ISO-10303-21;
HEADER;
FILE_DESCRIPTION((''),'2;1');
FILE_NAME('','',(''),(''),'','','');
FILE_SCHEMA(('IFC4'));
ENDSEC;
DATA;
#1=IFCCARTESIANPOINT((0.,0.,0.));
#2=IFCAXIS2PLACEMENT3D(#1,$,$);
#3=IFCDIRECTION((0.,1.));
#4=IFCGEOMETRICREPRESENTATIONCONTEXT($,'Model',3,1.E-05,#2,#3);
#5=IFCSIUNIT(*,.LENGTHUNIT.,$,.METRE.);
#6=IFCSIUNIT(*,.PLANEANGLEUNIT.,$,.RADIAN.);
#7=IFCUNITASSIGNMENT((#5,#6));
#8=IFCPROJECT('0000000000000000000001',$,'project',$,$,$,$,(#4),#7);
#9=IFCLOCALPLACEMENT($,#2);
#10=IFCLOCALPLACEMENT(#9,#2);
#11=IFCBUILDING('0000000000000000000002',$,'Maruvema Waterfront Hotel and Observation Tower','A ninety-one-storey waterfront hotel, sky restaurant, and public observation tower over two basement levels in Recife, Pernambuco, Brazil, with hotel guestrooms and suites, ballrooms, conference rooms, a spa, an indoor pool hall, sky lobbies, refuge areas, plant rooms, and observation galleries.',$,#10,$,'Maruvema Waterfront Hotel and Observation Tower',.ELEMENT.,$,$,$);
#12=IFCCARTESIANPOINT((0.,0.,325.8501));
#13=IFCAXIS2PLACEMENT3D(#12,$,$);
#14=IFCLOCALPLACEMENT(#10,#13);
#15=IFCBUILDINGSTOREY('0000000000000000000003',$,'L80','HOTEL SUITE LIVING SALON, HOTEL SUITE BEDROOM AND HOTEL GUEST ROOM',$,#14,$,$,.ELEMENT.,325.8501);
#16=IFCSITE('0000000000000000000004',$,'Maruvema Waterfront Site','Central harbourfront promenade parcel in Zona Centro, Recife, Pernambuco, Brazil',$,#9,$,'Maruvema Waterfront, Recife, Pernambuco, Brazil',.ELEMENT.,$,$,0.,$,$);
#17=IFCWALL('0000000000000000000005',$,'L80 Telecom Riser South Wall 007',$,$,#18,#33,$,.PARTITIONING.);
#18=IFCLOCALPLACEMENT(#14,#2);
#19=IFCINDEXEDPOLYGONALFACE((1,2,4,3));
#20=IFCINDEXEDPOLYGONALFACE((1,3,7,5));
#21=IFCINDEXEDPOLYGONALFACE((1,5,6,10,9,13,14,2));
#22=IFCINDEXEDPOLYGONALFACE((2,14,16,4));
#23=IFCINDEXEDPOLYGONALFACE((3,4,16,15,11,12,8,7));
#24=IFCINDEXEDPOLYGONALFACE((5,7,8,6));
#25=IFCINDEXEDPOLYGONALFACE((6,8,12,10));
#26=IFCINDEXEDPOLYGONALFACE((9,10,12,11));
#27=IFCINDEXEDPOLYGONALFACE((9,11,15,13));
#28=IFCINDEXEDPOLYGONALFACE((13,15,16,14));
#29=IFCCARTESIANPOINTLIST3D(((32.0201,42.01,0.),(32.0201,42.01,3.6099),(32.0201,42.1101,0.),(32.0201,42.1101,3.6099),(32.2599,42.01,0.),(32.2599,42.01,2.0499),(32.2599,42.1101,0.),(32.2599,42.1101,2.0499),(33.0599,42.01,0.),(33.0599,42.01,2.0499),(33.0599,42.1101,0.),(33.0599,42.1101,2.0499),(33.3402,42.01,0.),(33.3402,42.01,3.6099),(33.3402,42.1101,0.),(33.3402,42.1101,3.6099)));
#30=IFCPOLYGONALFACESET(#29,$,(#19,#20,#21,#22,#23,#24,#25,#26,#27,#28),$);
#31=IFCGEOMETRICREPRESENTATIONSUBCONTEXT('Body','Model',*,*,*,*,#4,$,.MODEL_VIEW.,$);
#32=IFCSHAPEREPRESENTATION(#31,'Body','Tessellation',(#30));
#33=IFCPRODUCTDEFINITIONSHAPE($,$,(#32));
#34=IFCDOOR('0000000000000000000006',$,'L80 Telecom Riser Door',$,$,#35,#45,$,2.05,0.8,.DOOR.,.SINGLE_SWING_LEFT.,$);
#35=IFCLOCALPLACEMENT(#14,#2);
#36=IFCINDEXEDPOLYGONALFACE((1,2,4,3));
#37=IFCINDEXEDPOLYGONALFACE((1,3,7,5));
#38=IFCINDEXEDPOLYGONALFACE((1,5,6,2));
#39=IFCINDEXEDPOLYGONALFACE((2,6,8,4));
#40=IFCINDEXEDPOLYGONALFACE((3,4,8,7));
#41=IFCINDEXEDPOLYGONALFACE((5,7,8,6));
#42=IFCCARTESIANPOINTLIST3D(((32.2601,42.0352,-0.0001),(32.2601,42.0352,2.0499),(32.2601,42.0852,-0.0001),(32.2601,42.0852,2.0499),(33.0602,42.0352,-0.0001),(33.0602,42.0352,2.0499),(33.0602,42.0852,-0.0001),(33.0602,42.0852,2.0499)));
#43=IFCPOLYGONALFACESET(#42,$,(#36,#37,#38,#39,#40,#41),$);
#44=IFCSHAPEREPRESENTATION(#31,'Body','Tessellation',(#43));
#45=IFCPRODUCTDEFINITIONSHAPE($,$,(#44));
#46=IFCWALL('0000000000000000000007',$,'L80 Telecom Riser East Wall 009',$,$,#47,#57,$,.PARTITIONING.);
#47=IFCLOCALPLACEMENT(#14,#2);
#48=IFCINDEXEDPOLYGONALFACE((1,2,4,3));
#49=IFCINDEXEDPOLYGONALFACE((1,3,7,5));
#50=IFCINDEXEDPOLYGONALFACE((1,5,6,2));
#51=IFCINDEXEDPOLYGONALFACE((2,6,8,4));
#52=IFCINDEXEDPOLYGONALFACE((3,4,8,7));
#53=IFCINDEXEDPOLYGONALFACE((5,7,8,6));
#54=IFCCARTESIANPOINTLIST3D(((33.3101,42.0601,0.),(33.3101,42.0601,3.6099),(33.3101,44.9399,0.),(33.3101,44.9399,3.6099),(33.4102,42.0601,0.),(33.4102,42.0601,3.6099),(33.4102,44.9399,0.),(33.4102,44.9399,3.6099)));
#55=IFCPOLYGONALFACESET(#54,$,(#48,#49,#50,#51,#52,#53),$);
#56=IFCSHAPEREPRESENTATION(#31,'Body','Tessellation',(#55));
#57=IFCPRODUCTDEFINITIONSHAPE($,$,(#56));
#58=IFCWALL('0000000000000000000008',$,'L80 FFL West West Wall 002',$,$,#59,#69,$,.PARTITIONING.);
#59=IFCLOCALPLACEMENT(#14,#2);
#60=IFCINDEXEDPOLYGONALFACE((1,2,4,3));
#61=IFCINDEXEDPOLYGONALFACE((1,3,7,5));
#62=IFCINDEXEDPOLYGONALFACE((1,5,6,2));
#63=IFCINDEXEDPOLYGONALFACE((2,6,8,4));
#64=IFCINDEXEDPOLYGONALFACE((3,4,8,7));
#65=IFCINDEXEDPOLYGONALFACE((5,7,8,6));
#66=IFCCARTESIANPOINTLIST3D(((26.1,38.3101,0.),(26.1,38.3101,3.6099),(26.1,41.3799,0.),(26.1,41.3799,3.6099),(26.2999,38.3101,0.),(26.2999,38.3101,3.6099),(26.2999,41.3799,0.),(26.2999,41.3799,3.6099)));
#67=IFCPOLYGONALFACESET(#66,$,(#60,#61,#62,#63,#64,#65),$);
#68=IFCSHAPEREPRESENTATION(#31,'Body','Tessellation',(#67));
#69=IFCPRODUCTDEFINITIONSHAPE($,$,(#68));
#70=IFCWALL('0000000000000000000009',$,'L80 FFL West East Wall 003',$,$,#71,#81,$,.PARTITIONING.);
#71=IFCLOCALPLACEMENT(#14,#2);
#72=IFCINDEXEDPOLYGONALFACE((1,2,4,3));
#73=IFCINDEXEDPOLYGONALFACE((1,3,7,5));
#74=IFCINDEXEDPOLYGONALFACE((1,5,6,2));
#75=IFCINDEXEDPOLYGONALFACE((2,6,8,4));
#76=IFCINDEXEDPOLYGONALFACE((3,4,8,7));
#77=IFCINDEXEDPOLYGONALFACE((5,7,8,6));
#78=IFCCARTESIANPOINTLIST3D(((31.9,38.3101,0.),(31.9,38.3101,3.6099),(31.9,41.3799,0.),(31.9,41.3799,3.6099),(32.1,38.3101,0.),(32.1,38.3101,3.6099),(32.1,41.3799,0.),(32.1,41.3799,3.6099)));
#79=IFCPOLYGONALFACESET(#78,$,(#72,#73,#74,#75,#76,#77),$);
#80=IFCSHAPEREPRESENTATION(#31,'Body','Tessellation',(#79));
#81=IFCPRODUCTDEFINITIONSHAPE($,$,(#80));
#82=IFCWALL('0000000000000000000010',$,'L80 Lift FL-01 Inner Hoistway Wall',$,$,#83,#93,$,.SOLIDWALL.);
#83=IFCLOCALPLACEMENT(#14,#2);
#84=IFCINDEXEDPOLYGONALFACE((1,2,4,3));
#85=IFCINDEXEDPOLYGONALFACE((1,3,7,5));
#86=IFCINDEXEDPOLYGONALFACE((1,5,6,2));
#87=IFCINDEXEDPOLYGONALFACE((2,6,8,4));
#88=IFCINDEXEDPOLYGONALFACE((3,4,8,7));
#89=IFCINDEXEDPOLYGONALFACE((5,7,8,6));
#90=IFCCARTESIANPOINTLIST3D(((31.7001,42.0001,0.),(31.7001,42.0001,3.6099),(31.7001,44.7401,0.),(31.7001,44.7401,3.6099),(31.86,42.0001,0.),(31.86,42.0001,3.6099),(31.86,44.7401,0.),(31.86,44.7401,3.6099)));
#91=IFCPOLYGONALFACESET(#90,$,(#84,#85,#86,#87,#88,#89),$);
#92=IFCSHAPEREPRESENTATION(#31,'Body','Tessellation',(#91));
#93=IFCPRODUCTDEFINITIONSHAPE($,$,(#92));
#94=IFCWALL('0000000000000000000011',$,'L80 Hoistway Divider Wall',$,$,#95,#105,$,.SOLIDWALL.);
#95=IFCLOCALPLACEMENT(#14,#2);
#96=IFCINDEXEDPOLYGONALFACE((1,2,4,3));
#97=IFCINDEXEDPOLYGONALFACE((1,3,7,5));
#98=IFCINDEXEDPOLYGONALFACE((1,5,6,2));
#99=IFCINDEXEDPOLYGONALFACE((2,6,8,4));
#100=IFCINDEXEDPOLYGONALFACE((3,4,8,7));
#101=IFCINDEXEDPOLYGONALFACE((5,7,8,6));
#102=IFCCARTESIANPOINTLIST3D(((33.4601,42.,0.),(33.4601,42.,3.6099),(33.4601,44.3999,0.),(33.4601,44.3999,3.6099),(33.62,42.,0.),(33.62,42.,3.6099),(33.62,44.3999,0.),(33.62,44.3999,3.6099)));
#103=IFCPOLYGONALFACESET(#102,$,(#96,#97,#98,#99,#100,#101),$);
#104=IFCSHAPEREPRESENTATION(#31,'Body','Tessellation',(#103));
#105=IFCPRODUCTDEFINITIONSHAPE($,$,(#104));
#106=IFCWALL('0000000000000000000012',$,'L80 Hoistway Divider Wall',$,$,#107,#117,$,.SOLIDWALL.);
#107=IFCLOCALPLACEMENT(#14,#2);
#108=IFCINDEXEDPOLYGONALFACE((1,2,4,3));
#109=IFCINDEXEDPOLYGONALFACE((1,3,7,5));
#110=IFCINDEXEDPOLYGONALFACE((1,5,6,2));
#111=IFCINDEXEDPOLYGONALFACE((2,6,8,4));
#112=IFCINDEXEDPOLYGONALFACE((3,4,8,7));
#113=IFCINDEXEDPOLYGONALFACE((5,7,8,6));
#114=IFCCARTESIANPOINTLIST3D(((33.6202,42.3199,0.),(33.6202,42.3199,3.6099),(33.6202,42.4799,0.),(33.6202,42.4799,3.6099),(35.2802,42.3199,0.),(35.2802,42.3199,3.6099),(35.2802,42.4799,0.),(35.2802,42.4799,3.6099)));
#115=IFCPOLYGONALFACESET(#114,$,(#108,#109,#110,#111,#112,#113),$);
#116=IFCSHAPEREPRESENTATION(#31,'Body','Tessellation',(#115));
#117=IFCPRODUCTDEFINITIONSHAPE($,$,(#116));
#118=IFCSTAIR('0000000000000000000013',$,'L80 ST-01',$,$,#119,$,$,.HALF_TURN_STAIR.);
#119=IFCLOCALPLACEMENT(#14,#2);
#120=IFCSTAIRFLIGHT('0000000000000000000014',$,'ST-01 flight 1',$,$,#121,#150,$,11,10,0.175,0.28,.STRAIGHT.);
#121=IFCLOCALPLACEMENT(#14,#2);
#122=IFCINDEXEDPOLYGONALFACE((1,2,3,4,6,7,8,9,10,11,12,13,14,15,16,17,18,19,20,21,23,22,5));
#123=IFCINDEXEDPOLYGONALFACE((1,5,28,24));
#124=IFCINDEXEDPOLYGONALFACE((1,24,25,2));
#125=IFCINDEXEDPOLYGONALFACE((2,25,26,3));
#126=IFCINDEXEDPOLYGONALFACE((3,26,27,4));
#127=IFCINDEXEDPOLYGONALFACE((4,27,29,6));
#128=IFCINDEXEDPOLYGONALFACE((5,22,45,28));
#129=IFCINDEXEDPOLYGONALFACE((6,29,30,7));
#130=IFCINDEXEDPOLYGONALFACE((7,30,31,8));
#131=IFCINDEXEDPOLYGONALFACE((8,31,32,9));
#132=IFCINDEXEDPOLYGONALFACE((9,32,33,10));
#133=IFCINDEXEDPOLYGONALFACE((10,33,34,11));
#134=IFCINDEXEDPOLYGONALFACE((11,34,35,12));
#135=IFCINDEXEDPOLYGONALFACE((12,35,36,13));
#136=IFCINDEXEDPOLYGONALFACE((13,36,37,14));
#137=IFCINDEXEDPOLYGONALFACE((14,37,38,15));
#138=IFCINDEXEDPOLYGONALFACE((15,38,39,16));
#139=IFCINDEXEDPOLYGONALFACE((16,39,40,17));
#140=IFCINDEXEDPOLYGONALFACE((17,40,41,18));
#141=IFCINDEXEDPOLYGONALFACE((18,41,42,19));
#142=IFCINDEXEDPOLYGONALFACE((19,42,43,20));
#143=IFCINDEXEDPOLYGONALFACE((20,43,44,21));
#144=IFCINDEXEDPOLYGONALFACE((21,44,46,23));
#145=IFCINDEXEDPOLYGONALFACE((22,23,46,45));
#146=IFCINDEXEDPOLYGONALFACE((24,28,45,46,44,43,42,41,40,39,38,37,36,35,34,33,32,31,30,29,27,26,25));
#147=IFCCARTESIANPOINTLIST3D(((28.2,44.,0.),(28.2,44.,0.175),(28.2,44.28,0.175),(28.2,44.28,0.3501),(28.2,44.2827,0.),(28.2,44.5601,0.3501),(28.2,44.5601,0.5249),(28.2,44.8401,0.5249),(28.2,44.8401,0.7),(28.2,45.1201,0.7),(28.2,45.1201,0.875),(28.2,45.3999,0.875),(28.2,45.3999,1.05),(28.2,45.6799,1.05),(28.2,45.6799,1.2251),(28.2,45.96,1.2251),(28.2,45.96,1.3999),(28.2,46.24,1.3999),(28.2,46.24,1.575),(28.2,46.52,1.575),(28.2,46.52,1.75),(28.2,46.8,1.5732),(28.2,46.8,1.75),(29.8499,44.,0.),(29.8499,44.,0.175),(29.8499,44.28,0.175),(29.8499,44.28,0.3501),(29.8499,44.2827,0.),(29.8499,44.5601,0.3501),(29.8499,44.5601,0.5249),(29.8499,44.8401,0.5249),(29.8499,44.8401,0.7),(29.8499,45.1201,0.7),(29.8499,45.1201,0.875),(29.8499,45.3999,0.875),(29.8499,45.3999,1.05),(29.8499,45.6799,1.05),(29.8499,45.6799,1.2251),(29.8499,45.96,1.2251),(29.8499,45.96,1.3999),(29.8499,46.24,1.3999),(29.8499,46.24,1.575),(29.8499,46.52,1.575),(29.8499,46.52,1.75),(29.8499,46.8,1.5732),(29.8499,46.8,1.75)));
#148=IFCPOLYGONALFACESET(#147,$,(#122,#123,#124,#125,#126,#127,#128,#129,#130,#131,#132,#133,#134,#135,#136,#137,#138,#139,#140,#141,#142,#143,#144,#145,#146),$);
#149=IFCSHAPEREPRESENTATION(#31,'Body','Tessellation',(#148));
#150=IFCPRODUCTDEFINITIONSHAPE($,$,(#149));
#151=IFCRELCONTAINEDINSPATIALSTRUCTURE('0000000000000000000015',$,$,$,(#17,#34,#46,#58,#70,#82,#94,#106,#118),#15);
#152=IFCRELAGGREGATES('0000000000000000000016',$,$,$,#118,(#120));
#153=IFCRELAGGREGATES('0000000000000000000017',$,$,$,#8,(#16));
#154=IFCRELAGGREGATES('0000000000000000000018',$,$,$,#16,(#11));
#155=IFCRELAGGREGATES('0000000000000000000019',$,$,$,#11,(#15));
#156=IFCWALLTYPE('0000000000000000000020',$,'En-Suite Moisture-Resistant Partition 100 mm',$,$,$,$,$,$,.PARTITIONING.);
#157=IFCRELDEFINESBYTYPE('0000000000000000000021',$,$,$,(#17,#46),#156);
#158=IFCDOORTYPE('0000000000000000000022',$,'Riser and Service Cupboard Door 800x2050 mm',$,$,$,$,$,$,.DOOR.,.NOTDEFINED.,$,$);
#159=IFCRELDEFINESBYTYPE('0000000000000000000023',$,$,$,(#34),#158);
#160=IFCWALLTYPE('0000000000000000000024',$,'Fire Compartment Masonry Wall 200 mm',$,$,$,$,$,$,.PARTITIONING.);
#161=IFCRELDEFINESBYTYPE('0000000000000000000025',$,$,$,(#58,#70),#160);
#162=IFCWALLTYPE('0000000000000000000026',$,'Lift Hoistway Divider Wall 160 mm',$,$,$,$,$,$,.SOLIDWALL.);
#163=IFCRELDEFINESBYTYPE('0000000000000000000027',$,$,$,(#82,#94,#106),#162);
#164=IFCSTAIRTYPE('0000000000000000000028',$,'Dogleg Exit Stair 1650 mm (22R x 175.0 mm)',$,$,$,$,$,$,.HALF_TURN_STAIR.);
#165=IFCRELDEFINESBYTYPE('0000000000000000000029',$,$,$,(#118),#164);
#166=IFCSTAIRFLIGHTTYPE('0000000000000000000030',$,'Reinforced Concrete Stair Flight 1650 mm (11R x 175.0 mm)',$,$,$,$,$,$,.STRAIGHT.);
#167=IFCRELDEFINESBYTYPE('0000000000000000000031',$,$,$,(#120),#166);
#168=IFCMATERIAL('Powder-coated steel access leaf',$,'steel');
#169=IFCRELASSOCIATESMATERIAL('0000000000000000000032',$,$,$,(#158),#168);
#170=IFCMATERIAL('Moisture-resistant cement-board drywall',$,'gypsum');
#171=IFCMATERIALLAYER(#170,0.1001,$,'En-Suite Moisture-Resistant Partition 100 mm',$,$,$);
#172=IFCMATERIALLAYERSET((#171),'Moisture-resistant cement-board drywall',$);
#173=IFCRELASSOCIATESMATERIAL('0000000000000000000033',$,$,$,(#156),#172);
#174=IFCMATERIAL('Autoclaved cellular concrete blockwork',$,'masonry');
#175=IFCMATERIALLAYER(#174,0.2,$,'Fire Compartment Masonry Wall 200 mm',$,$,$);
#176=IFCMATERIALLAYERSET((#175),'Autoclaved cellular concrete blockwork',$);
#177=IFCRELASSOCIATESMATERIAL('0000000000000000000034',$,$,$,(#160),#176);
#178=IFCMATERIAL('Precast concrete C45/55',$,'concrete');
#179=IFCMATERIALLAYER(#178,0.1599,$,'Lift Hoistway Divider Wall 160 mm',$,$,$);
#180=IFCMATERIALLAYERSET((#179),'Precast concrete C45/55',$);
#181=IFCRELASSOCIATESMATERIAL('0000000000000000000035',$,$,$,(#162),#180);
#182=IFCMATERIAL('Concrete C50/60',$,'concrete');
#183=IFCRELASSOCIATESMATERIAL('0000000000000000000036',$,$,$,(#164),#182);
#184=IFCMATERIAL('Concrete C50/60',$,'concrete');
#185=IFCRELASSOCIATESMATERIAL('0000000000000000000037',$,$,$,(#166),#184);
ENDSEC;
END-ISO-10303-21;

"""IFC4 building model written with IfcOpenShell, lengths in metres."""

from ifc_helpers import new_model, si_unit, direction, frame, frame_2d, origin, place, context, subcontext, project, spatial, polyline, rectangle, outline, extrude, material, layer, layer_set, type_object, element, fill, aggregate, save


model = new_model("IFC4")

# Units and contexts
model_context = context("Model", 3, precision=1e-05, world=origin(), true_north=direction((0.0, 1.0)))
body_context = subcontext(model_context, "Body", "Model", "MODEL_VIEW")
ifc_project = project(units=[si_unit("LENGTHUNIT", "METRE"), si_unit("PLANEANGLEUNIT", "RADIAN")], contexts=[model_context])

# Site, building, storey
site_placement = place(None, origin())
site = spatial("IfcSite", under=ifc_project, at=site_placement, Name="Maruvema Waterfront Site", Description="Central harbourfront promenade parcel in Zona Centro, Recife, Pernambuco, Brazil", LongName="Maruvema Waterfront, Recife, Pernambuco, Brazil", CompositionType="ELEMENT", RefElevation=0.0)
building_placement = place(site_placement, origin())
building = spatial("IfcBuilding", under=site, at=building_placement, Name="Maruvema Waterfront Hotel and Observation Tower", Description="A ninety-one-storey waterfront hotel, sky restaurant, and public observation tower over two basement levels in Recife, Pernambuco, Brazil, with hotel guestrooms and suites, ballrooms, conference rooms, a spa, an indoor pool hall, sky lobbies, refuge areas, plant rooms, and observation galleries.", LongName="Maruvema Waterfront Hotel and Observation Tower", CompositionType="ELEMENT")
storey_placement = place(building_placement, frame((0.0, 0.0, 325.8501)))
storey = spatial("IfcBuildingStorey", under=building, at=storey_placement, Name="L80", Description="HOTEL SUITE LIVING SALON, HOTEL SUITE BEDROOM AND HOTEL GUEST ROOM", CompositionType="ELEMENT", Elevation=325.8501)

# Shared definitions
ifc_material_1 = material(Name="Powder-coated steel access leaf", Category="steel")
door_type_1 = type_object("IfcDoorType", Name="Riser and Service Cupboard Door 800x2050 mm", OperationType="NOTDEFINED", PredefinedType="DOOR", material=ifc_material_1)

# Wall, opening, door
ifc_material_2 = material(Name="Moisture-resistant cement-board drywall", Category="gypsum")
ifc_layer_1 = layer(ifc_material_2, 0.1001, Name="En-Suite Moisture-Resistant Partition 100 mm")
ifc_layer_set_1 = layer_set([ifc_layer_1], Name="Moisture-resistant cement-board drywall")
wall_type_1 = type_object("IfcWallType", Name="En-Suite Moisture-Resistant Partition 100 mm", PredefinedType="PARTITIONING", material=ifc_layer_set_1)
wall_1_placement = place(storey_placement, frame((32.02, 42.0601, 0.0), z_axis=(0.0, 0.0, 1.0), x_axis=(1.0, 0.0, 0.0)))
wall_1 = element("IfcWall", 1, at=wall_1_placement, inside=storey, type_object=wall_type_1, Name="L80 Telecom Riser South Wall 007", PredefinedType="PARTITIONING", context=body_context, shape_type="SweptSolid", body=[
    extrude(rectangle(XDim=1.3201, YDim=0.1001, at=frame_2d((0.6602, 0.0))), origin(), (0.0, 0.0, 1.0), 3.6099),
])
opening_1_placement = place(wall_1_placement, frame((0.24, 0.0, 0.0)))
opening_1 = element("IfcOpeningElement", 2, at=opening_1_placement, cuts=wall_1, PredefinedType="OPENING", context=body_context, shape_type="SweptSolid", body=[
    extrude(rectangle(XDim=0.8, YDim=2.05, at=frame_2d((0.3999, 1.0249))), frame((0.0, 0.0601, 0.0), z_axis=(0.0, -1.0, 0.0), x_axis=(1.0, 0.0, 0.0)), (0.0, 0.0, 1.0), 0.1201),
])
door_1_placement = place(opening_1_placement, frame((0.8, 0.0, 0.0), z_axis=(0.0, 0.0, 1.0), x_axis=(-1.0, 0.0, 0.0)))
door_1 = element("IfcDoor", 3, at=door_1_placement, inside=storey, type_object=door_type_1, Name="L80 Telecom Riser Door", OperationType="SINGLE_SWING_LEFT", OverallHeight=2.05, OverallWidth=0.8, PredefinedType="DOOR", context=body_context, shape_type="SweptSolid", body=[
    extrude(rectangle(XDim=0.8, YDim=2.05, at=frame_2d((0.3999, 1.0249))), frame((0.0, 0.0249, 0.0), z_axis=(0.0, -1.0, 0.0), x_axis=(1.0, 0.0, 0.0)), (0.0, 0.0, 1.0), 0.05),
])
fill(opening_1, door_1)

# Wall
wall_2_placement = place(storey_placement, frame((33.3601, 42.0601, 0.0), z_axis=(0.0, 0.0, 1.0), x_axis=(0.0, 1.0, 0.0)))
element("IfcWall", 4, at=wall_2_placement, inside=storey, type_object=wall_type_1, Name="L80 Telecom Riser East Wall 009", PredefinedType="PARTITIONING", context=body_context, shape_type="SweptSolid", body=[
    extrude(rectangle(XDim=2.8799, YDim=0.1001, at=frame_2d((1.4399, 0.0))), origin(), (0.0, 0.0, 1.0), 3.6099),
])

# Shared definitions
ifc_material_3 = material(Name="Autoclaved cellular concrete blockwork", Category="masonry")
ifc_layer_2 = layer(ifc_material_3, 0.2, Name="Fire Compartment Masonry Wall 200 mm")
ifc_layer_set_2 = layer_set([ifc_layer_2], Name="Autoclaved cellular concrete blockwork")
wall_type_2 = type_object("IfcWallType", Name="Fire Compartment Masonry Wall 200 mm", PredefinedType="PARTITIONING", material=ifc_layer_set_2)

# Walls
for number, where, z_axis, x_axis, name in (
    (5, (26.2, 38.3101, 0.0), (0.0, 0.0, 1.0), (0.0, 1.0, 0.0), "L80 FFL West West Wall 002"),
    (6, (32.0, 38.3101, 0.0), (0.0, 0.0, 1.0), (0.0, 1.0, 0.0), "L80 FFL West East Wall 003"),
):
    element("IfcWall", number, at=place(storey_placement, frame(where, z_axis=z_axis, x_axis=x_axis)), inside=storey, type_object=wall_type_2, Name=name, PredefinedType="PARTITIONING", context=body_context, shape_type="SweptSolid", body=[
        extrude(rectangle(XDim=3.0698, YDim=0.2, at=frame_2d((1.5349, 0.0))), origin(), (0.0, 0.0, 1.0), 3.6099),
    ])
ifc_material_4 = material(Name="Precast concrete C45/55", Category="concrete")
ifc_layer_3 = layer(ifc_material_4, 0.1599, Name="Lift Hoistway Divider Wall 160 mm")
ifc_layer_set_3 = layer_set([ifc_layer_3], Name="Precast concrete C45/55")
wall_type_3 = type_object("IfcWallType", Name="Lift Hoistway Divider Wall 160 mm", PredefinedType="SOLIDWALL", material=ifc_layer_set_3)
wall_3_placement = place(storey_placement, frame((31.78, 42.0, 0.0), z_axis=(0.0, 0.0, 1.0), x_axis=(0.0, 1.0, 0.0)))
element("IfcWall", 7, at=wall_3_placement, inside=storey, type_object=wall_type_3, Name="L80 Lift FL-01 Inner Hoistway Wall", PredefinedType="SOLIDWALL", context=body_context, shape_type="SweptSolid", body=[
    extrude(rectangle(XDim=2.74, YDim=0.1599, at=frame_2d((1.3701, 0.0))), origin(), (0.0, 0.0, 1.0), 3.6099),
])
wall_4_placement = place(storey_placement, frame((33.54, 42.0, 0.0), z_axis=(0.0, 0.0, 1.0), x_axis=(0.0, 1.0, 0.0)))
element("IfcWall", 8, at=wall_4_placement, inside=storey, type_object=wall_type_3, Name="L80 Hoistway Divider Wall", PredefinedType="SOLIDWALL", context=body_context, shape_type="SweptSolid", body=[
    extrude(rectangle(XDim=2.3999, YDim=0.1599, at=frame_2d((1.2, 0.0))), origin(), (0.0, 0.0, 1.0), 3.6099),
])
wall_5_placement = place(storey_placement, frame((33.6201, 42.3999, 0.0), z_axis=(0.0, 0.0, 1.0), x_axis=(1.0, 0.0, 0.0)))
element("IfcWall", 9, at=wall_5_placement, inside=storey, type_object=wall_type_3, Name="L80 Hoistway Divider Wall", PredefinedType="SOLIDWALL", context=body_context, shape_type="SweptSolid", body=[
    extrude(rectangle(XDim=1.6599, YDim=0.1599, at=frame_2d((0.8301, 0.0))), origin(), (0.0, 0.0, 1.0), 3.6099),
])

# Stair, stair flight
ifc_material_5 = material(Name="Concrete C50/60", Category="concrete")
stair_type = type_object("IfcStairType", Name="Dogleg Exit Stair 1650 mm (22R x 175.0 mm)", PredefinedType="HALF_TURN_STAIR", material=ifc_material_5)
stair_placement = place(storey_placement, origin())
stair = element("IfcStair", 10, at=stair_placement, inside=storey, type_object=stair_type, Name="L80 ST-01", PredefinedType="HALF_TURN_STAIR")
ifc_material_6 = material(Name="Concrete C50/60", Category="concrete")
stair_flight_type = type_object("IfcStairFlightType", Name="Reinforced Concrete Stair Flight 1650 mm (11R x 175.0 mm)", PredefinedType="STRAIGHT", material=ifc_material_6)
stair_flight_placement = place(storey_placement, frame((29.0249, 44.0, 0.0), z_axis=(0.0, 0.0, 1.0), x_axis=(0.0, 1.0, 0.0)))
stair_flight = element("IfcStairFlight", 11, at=stair_flight_placement, type_object=stair_flight_type, Name="ST-01 flight 1", NumberOfRisers=11, NumberOfTreads=10, PredefinedType="STRAIGHT", RiserHeight=0.175, TreadLength=0.28, context=body_context, shape_type="SweptSolid", body=[
    extrude(outline(polyline([(0.0, 0.0), (0.0, 0.175), (0.28, 0.175), (0.28, 0.3501), (0.5601, 0.3501), (0.5601, 0.5249), (0.8401, 0.5249), (0.8401, 0.7), (1.1201, 0.7), (1.1201, 0.875), (1.3999, 0.875), (1.3999, 1.05), (1.6799, 1.05), (1.6799, 1.2251), (1.96, 1.2251), (1.96, 1.3999), (2.24, 1.3999), (2.24, 1.575), (2.52, 1.575), (2.52, 1.75), (2.8, 1.75), (2.8, 1.925), (2.8, 1.5732), (0.2827, 0.0), (0.0, 0.0)])), frame((0.0, 0.825, 0.0), z_axis=(0.0, -1.0, 0.0), x_axis=(1.0, 0.0, 0.0)), (0.0, 0.0, 1.0), 1.6499),
])
aggregate(stair, [stair_flight])

save(model, "model.ifc")
